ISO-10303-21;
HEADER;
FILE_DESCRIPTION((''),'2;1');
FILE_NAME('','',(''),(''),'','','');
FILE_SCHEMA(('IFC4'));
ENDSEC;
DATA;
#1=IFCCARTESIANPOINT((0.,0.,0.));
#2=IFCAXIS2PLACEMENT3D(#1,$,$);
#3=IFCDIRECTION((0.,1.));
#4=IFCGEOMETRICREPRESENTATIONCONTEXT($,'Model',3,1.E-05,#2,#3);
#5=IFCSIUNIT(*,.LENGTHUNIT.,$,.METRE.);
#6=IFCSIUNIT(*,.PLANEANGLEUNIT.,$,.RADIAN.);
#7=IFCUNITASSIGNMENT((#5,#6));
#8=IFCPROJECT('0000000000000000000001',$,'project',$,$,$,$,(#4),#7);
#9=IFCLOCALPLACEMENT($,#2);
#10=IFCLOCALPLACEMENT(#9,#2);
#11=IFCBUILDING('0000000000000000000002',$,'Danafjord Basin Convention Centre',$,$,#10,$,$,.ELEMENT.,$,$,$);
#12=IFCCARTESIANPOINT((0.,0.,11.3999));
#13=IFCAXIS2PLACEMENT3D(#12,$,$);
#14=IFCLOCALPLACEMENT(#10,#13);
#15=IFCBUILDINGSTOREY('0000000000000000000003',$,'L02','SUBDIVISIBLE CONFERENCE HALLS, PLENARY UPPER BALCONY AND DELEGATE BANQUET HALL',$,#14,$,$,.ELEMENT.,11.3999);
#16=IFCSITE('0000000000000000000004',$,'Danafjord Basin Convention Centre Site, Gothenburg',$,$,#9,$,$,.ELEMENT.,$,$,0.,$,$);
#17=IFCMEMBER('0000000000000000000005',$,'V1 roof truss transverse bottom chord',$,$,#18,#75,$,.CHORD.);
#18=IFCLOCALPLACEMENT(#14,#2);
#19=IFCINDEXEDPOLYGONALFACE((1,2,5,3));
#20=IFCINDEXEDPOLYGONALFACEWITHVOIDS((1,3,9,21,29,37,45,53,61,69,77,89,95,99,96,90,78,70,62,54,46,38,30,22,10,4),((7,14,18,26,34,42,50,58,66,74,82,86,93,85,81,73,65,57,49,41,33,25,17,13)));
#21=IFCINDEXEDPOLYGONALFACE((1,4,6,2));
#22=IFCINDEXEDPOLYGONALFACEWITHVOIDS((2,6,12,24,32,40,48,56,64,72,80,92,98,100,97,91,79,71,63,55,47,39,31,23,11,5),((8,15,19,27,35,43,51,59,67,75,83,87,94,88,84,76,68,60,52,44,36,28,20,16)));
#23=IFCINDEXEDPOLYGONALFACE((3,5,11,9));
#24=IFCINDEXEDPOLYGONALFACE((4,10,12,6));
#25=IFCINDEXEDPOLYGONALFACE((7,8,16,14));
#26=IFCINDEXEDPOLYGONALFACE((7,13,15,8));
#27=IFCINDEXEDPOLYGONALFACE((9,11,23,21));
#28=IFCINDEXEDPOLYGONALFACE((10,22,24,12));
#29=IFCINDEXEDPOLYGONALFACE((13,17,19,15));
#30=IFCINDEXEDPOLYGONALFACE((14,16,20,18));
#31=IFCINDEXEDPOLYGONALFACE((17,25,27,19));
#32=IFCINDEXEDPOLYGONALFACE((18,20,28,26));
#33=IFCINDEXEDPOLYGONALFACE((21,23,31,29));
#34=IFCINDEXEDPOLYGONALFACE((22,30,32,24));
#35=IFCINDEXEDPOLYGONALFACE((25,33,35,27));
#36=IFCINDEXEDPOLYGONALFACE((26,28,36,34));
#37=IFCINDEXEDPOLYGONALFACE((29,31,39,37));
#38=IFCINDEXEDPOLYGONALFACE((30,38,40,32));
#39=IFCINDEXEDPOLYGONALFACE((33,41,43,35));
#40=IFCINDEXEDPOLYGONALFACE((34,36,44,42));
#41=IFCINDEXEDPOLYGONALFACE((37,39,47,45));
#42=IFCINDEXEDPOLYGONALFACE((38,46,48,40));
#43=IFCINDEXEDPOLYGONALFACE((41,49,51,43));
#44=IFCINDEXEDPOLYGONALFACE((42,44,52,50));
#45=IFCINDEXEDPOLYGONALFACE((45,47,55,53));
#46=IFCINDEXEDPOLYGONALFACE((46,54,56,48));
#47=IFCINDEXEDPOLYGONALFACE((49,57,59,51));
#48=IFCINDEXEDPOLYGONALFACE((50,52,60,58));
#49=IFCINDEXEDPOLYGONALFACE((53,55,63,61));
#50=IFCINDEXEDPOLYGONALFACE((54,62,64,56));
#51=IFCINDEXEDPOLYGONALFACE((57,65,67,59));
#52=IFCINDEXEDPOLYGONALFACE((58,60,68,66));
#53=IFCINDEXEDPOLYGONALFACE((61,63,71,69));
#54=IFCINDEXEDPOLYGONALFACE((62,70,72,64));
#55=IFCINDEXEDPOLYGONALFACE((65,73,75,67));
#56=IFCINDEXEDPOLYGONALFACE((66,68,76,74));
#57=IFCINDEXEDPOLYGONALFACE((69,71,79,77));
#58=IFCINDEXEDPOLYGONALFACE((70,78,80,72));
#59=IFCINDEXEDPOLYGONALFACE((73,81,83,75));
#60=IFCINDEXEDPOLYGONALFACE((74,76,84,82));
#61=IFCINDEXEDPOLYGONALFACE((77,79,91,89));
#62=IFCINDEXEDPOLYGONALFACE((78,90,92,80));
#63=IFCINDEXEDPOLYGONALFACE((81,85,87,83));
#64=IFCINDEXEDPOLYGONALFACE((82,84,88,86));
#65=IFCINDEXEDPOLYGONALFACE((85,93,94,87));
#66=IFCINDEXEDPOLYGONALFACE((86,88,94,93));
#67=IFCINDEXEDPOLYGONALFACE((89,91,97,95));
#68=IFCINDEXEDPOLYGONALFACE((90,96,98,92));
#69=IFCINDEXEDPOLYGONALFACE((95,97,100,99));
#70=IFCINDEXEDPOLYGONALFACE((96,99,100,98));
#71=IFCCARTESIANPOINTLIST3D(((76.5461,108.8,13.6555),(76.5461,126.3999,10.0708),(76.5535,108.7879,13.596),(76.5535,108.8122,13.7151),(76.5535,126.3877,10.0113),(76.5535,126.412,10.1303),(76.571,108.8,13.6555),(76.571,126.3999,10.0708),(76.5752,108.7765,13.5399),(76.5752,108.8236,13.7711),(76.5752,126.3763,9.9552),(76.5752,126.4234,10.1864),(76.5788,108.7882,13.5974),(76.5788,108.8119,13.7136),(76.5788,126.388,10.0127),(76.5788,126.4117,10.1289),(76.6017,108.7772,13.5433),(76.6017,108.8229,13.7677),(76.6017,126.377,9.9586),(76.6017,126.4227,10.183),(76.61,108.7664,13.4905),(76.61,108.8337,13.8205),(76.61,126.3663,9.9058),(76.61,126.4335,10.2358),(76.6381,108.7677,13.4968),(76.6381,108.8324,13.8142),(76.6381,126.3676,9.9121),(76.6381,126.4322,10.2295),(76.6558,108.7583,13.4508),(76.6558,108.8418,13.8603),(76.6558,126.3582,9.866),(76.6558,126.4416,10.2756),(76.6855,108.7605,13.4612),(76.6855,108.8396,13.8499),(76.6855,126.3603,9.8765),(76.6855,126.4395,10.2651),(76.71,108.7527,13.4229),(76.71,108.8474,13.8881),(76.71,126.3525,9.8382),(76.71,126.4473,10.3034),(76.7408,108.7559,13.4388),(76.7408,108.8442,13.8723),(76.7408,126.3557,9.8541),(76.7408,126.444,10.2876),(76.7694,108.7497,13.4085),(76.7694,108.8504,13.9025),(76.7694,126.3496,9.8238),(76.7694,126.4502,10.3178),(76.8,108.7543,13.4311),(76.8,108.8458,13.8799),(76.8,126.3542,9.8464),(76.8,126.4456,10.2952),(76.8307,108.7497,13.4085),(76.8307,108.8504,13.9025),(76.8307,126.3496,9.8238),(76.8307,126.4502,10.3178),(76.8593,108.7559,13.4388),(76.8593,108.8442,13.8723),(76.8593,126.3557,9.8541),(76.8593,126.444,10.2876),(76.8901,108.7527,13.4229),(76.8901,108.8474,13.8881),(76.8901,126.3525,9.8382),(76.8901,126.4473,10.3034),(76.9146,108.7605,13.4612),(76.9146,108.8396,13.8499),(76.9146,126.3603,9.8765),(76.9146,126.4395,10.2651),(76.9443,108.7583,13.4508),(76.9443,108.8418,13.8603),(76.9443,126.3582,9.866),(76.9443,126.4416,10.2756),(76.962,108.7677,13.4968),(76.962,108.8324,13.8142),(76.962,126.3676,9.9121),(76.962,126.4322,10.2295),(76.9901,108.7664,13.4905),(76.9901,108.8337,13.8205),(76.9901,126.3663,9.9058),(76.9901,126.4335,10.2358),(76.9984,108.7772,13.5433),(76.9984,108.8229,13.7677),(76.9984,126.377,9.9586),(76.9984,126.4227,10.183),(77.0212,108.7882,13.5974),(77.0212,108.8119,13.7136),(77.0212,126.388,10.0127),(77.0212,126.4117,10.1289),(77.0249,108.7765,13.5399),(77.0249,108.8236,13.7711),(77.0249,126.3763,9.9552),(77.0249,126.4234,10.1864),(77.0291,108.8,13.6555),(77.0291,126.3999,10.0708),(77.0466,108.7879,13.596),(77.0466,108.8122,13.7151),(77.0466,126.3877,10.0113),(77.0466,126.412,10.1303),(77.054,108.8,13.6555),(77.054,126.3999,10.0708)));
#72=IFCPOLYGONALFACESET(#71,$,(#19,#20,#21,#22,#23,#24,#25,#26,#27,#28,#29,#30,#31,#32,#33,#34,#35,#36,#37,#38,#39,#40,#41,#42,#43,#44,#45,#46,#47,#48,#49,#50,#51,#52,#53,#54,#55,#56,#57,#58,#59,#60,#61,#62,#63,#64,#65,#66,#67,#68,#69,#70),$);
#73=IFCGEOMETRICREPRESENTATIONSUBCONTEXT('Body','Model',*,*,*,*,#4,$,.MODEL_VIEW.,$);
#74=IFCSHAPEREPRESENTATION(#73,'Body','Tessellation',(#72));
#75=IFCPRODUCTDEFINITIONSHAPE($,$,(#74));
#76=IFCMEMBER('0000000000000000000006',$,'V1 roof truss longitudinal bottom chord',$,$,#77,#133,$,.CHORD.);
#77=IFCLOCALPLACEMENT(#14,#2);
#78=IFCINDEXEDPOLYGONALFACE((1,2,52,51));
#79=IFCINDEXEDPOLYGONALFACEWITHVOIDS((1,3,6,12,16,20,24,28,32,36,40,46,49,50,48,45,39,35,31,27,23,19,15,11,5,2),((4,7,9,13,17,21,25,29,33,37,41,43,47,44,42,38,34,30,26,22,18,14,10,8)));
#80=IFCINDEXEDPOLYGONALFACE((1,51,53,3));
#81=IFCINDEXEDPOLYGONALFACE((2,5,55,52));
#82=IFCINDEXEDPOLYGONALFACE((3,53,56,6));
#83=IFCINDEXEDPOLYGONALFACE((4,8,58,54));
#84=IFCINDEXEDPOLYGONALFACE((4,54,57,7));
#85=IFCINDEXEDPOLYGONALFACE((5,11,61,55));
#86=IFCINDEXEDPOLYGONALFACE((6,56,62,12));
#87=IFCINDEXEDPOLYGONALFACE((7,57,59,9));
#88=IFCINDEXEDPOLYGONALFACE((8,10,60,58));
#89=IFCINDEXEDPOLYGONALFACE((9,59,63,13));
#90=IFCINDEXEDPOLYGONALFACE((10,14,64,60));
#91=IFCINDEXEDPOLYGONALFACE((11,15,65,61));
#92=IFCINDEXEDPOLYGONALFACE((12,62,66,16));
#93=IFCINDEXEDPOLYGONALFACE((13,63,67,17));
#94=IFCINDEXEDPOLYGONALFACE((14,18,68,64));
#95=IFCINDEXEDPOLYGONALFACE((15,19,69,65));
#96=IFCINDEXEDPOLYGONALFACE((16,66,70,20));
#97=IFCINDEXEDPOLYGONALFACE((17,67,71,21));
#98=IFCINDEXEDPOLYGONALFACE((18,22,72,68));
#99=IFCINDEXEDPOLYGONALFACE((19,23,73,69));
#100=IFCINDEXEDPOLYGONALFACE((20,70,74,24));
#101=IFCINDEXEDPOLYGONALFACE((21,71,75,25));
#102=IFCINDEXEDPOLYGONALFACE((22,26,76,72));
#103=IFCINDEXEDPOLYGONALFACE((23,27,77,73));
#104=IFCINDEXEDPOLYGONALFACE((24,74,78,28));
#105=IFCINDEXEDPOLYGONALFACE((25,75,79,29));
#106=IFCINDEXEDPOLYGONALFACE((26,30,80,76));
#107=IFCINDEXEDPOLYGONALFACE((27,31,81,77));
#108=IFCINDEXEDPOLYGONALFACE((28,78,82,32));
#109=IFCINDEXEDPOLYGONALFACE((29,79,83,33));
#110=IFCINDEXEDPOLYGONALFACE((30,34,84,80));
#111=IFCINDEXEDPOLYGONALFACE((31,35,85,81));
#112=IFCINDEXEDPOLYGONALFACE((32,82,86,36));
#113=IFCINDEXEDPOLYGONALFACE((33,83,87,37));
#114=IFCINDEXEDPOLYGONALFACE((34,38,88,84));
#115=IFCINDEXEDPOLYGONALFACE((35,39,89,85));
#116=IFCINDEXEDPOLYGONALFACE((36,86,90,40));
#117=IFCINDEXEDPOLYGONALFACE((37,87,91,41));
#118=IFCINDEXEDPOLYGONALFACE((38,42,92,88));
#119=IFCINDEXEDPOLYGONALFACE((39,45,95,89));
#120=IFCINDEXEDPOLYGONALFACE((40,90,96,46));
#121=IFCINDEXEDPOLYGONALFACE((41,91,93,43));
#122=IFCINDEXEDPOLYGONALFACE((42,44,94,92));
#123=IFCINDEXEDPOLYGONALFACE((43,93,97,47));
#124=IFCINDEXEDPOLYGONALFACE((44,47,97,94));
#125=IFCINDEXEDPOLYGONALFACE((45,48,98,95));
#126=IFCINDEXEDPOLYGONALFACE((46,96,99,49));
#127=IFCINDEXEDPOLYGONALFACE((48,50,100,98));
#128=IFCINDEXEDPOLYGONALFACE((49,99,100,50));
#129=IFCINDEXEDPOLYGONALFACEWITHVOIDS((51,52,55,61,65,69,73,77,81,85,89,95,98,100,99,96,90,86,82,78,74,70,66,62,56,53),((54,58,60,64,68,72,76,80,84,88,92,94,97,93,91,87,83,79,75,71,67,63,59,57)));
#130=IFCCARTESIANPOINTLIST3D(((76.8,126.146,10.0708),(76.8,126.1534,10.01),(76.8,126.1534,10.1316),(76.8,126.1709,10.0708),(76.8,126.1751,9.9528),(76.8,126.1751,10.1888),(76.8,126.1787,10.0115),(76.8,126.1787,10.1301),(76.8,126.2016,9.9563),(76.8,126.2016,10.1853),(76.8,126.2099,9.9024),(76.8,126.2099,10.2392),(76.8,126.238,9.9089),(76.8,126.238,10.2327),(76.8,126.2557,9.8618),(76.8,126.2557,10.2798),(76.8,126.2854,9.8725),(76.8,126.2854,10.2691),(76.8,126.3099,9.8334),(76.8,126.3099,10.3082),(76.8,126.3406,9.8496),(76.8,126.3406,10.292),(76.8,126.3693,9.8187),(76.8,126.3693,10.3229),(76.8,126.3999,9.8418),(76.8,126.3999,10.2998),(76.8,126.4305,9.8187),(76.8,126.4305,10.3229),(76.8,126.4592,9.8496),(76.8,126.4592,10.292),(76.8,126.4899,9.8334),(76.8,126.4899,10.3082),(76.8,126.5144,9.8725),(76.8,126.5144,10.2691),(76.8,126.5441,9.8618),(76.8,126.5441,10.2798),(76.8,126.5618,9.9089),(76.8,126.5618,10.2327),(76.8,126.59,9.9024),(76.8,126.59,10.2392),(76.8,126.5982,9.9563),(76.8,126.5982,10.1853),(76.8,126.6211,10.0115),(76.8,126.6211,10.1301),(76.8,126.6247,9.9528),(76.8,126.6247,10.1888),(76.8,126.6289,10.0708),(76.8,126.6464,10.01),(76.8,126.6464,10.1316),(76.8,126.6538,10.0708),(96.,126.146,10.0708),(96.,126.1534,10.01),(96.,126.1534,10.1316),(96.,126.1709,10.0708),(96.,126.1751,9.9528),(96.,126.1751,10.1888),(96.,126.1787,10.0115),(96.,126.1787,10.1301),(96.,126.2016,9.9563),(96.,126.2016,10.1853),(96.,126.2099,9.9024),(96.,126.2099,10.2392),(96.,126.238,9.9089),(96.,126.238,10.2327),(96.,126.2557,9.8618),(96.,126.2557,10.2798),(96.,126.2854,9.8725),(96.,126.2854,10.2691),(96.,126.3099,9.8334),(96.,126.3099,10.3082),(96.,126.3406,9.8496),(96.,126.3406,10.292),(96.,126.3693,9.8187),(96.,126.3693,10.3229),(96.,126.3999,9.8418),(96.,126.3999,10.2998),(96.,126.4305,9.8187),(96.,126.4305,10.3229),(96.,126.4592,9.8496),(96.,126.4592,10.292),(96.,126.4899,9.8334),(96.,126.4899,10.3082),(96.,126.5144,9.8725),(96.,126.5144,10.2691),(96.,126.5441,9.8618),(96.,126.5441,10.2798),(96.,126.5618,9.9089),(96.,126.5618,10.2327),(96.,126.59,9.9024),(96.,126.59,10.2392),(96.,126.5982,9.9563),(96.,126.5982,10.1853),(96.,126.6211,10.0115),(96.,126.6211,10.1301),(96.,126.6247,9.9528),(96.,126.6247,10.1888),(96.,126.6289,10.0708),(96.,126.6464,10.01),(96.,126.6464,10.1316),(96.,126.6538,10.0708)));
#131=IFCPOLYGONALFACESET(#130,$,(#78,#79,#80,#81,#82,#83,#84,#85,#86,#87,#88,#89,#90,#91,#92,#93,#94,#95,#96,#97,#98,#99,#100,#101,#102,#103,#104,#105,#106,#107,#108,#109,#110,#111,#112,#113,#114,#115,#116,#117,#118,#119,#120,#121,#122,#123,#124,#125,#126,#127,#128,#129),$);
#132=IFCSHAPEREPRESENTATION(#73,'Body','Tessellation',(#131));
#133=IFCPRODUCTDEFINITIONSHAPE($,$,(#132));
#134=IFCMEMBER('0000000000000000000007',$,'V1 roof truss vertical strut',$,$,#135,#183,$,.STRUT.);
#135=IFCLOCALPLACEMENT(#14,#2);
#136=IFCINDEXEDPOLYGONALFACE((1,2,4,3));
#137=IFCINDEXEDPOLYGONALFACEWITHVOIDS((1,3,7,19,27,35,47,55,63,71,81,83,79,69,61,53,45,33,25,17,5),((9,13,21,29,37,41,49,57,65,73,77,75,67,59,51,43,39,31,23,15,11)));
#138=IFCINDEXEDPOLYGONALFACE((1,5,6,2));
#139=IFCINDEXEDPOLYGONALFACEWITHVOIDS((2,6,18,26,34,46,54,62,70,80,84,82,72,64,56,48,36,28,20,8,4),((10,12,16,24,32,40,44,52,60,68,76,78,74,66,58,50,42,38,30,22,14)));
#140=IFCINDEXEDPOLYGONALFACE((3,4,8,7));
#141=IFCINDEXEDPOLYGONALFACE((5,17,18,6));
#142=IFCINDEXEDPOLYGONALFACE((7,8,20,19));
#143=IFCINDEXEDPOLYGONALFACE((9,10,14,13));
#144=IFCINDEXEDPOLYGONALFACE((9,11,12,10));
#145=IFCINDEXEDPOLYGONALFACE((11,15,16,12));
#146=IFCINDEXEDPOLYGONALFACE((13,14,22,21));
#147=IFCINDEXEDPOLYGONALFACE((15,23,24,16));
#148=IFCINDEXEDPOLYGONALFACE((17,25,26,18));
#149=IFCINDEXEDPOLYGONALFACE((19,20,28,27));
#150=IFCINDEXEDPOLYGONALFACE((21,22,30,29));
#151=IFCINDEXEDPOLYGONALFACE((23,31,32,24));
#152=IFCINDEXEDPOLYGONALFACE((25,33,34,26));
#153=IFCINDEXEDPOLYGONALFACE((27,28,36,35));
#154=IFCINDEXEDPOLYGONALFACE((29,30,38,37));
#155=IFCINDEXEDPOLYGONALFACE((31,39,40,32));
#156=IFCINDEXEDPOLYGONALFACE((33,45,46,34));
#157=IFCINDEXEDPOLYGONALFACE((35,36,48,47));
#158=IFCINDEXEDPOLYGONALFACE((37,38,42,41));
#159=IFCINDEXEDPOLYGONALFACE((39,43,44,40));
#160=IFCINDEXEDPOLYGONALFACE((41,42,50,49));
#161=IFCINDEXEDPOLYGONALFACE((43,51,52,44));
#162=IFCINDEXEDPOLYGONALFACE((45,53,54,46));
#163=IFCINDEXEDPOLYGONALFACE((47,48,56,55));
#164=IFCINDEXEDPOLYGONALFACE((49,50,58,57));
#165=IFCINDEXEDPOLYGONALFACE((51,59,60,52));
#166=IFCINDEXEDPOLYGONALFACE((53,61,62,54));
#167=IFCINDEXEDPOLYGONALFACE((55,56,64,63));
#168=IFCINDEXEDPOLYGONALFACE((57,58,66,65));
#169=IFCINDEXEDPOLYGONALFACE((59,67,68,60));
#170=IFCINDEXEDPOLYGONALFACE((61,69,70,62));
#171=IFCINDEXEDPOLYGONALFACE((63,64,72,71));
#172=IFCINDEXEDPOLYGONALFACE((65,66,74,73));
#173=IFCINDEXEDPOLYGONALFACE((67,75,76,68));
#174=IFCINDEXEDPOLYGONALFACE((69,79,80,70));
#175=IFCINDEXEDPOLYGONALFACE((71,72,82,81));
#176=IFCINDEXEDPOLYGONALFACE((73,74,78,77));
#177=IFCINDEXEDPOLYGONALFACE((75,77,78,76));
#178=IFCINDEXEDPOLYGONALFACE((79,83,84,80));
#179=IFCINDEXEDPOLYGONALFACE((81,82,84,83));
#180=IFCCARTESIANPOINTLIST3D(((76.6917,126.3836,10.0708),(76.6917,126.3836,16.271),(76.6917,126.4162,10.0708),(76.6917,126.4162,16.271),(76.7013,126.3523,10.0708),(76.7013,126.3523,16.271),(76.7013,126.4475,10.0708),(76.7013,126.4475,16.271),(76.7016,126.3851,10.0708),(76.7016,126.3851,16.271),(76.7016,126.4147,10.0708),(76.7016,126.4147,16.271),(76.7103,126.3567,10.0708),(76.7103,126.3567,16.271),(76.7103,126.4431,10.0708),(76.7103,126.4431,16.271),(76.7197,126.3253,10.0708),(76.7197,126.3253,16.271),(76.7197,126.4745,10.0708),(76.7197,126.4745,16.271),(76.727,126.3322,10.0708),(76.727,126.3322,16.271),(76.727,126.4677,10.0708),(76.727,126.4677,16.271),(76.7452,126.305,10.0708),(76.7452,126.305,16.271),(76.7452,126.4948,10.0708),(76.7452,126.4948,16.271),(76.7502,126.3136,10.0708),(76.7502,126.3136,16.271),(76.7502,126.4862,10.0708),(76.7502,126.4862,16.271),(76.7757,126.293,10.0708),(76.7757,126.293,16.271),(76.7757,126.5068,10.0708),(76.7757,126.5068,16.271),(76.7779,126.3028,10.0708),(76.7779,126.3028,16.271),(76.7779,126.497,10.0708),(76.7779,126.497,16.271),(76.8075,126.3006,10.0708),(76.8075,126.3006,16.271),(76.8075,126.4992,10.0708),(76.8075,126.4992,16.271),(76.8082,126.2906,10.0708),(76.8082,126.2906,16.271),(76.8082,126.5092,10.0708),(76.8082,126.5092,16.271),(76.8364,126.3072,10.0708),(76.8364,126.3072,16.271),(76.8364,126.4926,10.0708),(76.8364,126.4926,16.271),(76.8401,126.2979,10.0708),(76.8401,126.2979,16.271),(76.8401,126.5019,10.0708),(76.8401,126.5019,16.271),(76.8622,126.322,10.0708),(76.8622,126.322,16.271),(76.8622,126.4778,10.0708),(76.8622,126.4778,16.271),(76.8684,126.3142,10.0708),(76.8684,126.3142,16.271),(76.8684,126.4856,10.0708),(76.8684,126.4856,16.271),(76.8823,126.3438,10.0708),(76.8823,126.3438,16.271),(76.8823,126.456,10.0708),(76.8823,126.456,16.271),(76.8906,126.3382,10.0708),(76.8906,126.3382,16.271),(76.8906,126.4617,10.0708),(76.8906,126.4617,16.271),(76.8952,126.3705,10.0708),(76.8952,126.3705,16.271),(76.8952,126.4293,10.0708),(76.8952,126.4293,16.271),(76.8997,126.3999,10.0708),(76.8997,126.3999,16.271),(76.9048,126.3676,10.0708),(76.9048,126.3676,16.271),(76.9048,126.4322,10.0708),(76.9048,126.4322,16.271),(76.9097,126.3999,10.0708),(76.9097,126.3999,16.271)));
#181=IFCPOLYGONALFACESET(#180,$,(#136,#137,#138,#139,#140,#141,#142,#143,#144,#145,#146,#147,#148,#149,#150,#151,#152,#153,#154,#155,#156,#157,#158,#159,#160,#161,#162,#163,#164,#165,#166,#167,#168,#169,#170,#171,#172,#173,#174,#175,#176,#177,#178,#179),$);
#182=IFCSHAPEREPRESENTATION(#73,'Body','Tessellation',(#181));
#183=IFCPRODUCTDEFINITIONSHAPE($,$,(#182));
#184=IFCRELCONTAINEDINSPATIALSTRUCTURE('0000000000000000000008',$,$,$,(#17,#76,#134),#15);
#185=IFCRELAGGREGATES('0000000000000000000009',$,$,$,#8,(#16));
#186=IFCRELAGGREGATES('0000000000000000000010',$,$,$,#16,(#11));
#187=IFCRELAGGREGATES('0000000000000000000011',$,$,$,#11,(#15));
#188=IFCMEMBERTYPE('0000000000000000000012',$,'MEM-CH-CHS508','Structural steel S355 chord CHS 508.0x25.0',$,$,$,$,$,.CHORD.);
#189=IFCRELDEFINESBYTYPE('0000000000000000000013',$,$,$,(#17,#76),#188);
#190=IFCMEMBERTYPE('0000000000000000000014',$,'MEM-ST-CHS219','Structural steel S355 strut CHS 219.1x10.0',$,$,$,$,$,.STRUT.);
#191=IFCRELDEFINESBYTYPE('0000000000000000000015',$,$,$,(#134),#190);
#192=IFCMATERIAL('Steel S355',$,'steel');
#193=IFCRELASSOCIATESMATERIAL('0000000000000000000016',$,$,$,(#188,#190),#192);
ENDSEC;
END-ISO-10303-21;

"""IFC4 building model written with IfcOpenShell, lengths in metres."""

from ifc_helpers import new_model, si_unit, direction, frame, origin, origin_2d, place, context, subcontext, project, spatial, hollow_circle, extrude, material, material_profile, profile_set, type_object, element, save


model = new_model("IFC4")

# Units and contexts
model_context = context("Model", 3, precision=1e-05, world=origin(), true_north=direction((0.0, 1.0)))
body_context = subcontext(model_context, "Body", "Model", "MODEL_VIEW")
ifc_project = project(units=[si_unit("LENGTHUNIT", "METRE"), si_unit("PLANEANGLEUNIT", "RADIAN")], contexts=[model_context])

# Site, building, storey
site_placement = place(None, origin())
site = spatial("IfcSite", under=ifc_project, at=site_placement, Name="Danafjord Basin Convention Centre Site, Gothenburg", CompositionType="ELEMENT", RefElevation=0.0)
building_placement = place(site_placement, origin())
building = spatial("IfcBuilding", under=site, at=building_placement, Name="Danafjord Basin Convention Centre", CompositionType="ELEMENT")
storey_placement = place(building_placement, frame((0.0, 0.0, 11.3999)))
storey = spatial("IfcBuildingStorey", under=building, at=storey_placement, Name="L02", Description="SUBDIVISIBLE CONFERENCE HALLS, PLENARY UPPER BALCONY AND DELEGATE BANQUET HALL", CompositionType="ELEMENT", Elevation=11.3999)

# Shared definitions
ifc_material_1 = material(Name="Steel S355", Category="steel")

# Members
ifc_material_profile_1 = material_profile(ifc_material_1, hollow_circle(Radius=0.2539, WallThickness=0.0249, at=origin_2d()), Name="CHS 508.0x25.0")
ifc_profile_set_1 = profile_set([ifc_material_profile_1], Name="Steel S355")
member_type_1 = type_object("IfcMemberType", Name="MEM-CH-CHS508", Description="Structural steel S355 chord CHS 508.0x25.0", PredefinedType="CHORD", material=ifc_profile_set_1)
member_1_placement = place(storey_placement, frame((76.8, 108.8, 13.6555), z_axis=(0.0, 0.979881, -0.199581), x_axis=(-1.0, 0.0, 0.0)))
element("IfcMember", 1, at=member_1_placement, inside=storey, type_object=member_type_1, Name="V1 roof truss transverse bottom chord", PredefinedType="CHORD", context=body_context, shape_type="SweptSolid", body=[
    extrude(hollow_circle(Radius=0.2539, WallThickness=0.0249, at=origin_2d()), origin(), (0.0, 0.0, 1.0), 17.9612),
])
member_2_placement = place(storey_placement, frame((76.8, 126.3999, 10.0708), z_axis=(1.0, 0.0, 0.0), x_axis=(0.0, 1.0, 0.0)))
element("IfcMember", 2, at=member_2_placement, inside=storey, type_object=member_type_1, Name="V1 roof truss longitudinal bottom chord", PredefinedType="CHORD", context=body_context, shape_type="SweptSolid", body=[
    extrude(hollow_circle(Radius=0.2539, WallThickness=0.0249, at=origin_2d()), origin(), (0.0, 0.0, 1.0), 19.2),
])
ifc_material_profile_2 = material_profile(ifc_material_1, hollow_circle(Radius=0.1096, WallThickness=0.01, at=origin_2d()), Name="CHS 219.1x10.0")
ifc_profile_set_2 = profile_set([ifc_material_profile_2], Name="Steel S355")
member_type_2 = type_object("IfcMemberType", Name="MEM-ST-CHS219", Description="Structural steel S355 strut CHS 219.1x10.0", PredefinedType="STRUT", material=ifc_profile_set_2)
member_3_placement = place(storey_placement, frame((76.8, 126.3999, 10.0708), z_axis=(0.0, 0.0, 1.0), x_axis=(1.0, 0.0, 0.0)))
element("IfcMember", 3, at=member_3_placement, inside=storey, type_object=member_type_2, Name="V1 roof truss vertical strut", PredefinedType="STRUT", context=body_context, shape_type="SweptSolid", body=[
    extrude(hollow_circle(Radius=0.1096, WallThickness=0.01, at=origin_2d()), origin(), (0.0, 0.0, 1.0), 6.2002),
])

save(model, "model.ifc")
